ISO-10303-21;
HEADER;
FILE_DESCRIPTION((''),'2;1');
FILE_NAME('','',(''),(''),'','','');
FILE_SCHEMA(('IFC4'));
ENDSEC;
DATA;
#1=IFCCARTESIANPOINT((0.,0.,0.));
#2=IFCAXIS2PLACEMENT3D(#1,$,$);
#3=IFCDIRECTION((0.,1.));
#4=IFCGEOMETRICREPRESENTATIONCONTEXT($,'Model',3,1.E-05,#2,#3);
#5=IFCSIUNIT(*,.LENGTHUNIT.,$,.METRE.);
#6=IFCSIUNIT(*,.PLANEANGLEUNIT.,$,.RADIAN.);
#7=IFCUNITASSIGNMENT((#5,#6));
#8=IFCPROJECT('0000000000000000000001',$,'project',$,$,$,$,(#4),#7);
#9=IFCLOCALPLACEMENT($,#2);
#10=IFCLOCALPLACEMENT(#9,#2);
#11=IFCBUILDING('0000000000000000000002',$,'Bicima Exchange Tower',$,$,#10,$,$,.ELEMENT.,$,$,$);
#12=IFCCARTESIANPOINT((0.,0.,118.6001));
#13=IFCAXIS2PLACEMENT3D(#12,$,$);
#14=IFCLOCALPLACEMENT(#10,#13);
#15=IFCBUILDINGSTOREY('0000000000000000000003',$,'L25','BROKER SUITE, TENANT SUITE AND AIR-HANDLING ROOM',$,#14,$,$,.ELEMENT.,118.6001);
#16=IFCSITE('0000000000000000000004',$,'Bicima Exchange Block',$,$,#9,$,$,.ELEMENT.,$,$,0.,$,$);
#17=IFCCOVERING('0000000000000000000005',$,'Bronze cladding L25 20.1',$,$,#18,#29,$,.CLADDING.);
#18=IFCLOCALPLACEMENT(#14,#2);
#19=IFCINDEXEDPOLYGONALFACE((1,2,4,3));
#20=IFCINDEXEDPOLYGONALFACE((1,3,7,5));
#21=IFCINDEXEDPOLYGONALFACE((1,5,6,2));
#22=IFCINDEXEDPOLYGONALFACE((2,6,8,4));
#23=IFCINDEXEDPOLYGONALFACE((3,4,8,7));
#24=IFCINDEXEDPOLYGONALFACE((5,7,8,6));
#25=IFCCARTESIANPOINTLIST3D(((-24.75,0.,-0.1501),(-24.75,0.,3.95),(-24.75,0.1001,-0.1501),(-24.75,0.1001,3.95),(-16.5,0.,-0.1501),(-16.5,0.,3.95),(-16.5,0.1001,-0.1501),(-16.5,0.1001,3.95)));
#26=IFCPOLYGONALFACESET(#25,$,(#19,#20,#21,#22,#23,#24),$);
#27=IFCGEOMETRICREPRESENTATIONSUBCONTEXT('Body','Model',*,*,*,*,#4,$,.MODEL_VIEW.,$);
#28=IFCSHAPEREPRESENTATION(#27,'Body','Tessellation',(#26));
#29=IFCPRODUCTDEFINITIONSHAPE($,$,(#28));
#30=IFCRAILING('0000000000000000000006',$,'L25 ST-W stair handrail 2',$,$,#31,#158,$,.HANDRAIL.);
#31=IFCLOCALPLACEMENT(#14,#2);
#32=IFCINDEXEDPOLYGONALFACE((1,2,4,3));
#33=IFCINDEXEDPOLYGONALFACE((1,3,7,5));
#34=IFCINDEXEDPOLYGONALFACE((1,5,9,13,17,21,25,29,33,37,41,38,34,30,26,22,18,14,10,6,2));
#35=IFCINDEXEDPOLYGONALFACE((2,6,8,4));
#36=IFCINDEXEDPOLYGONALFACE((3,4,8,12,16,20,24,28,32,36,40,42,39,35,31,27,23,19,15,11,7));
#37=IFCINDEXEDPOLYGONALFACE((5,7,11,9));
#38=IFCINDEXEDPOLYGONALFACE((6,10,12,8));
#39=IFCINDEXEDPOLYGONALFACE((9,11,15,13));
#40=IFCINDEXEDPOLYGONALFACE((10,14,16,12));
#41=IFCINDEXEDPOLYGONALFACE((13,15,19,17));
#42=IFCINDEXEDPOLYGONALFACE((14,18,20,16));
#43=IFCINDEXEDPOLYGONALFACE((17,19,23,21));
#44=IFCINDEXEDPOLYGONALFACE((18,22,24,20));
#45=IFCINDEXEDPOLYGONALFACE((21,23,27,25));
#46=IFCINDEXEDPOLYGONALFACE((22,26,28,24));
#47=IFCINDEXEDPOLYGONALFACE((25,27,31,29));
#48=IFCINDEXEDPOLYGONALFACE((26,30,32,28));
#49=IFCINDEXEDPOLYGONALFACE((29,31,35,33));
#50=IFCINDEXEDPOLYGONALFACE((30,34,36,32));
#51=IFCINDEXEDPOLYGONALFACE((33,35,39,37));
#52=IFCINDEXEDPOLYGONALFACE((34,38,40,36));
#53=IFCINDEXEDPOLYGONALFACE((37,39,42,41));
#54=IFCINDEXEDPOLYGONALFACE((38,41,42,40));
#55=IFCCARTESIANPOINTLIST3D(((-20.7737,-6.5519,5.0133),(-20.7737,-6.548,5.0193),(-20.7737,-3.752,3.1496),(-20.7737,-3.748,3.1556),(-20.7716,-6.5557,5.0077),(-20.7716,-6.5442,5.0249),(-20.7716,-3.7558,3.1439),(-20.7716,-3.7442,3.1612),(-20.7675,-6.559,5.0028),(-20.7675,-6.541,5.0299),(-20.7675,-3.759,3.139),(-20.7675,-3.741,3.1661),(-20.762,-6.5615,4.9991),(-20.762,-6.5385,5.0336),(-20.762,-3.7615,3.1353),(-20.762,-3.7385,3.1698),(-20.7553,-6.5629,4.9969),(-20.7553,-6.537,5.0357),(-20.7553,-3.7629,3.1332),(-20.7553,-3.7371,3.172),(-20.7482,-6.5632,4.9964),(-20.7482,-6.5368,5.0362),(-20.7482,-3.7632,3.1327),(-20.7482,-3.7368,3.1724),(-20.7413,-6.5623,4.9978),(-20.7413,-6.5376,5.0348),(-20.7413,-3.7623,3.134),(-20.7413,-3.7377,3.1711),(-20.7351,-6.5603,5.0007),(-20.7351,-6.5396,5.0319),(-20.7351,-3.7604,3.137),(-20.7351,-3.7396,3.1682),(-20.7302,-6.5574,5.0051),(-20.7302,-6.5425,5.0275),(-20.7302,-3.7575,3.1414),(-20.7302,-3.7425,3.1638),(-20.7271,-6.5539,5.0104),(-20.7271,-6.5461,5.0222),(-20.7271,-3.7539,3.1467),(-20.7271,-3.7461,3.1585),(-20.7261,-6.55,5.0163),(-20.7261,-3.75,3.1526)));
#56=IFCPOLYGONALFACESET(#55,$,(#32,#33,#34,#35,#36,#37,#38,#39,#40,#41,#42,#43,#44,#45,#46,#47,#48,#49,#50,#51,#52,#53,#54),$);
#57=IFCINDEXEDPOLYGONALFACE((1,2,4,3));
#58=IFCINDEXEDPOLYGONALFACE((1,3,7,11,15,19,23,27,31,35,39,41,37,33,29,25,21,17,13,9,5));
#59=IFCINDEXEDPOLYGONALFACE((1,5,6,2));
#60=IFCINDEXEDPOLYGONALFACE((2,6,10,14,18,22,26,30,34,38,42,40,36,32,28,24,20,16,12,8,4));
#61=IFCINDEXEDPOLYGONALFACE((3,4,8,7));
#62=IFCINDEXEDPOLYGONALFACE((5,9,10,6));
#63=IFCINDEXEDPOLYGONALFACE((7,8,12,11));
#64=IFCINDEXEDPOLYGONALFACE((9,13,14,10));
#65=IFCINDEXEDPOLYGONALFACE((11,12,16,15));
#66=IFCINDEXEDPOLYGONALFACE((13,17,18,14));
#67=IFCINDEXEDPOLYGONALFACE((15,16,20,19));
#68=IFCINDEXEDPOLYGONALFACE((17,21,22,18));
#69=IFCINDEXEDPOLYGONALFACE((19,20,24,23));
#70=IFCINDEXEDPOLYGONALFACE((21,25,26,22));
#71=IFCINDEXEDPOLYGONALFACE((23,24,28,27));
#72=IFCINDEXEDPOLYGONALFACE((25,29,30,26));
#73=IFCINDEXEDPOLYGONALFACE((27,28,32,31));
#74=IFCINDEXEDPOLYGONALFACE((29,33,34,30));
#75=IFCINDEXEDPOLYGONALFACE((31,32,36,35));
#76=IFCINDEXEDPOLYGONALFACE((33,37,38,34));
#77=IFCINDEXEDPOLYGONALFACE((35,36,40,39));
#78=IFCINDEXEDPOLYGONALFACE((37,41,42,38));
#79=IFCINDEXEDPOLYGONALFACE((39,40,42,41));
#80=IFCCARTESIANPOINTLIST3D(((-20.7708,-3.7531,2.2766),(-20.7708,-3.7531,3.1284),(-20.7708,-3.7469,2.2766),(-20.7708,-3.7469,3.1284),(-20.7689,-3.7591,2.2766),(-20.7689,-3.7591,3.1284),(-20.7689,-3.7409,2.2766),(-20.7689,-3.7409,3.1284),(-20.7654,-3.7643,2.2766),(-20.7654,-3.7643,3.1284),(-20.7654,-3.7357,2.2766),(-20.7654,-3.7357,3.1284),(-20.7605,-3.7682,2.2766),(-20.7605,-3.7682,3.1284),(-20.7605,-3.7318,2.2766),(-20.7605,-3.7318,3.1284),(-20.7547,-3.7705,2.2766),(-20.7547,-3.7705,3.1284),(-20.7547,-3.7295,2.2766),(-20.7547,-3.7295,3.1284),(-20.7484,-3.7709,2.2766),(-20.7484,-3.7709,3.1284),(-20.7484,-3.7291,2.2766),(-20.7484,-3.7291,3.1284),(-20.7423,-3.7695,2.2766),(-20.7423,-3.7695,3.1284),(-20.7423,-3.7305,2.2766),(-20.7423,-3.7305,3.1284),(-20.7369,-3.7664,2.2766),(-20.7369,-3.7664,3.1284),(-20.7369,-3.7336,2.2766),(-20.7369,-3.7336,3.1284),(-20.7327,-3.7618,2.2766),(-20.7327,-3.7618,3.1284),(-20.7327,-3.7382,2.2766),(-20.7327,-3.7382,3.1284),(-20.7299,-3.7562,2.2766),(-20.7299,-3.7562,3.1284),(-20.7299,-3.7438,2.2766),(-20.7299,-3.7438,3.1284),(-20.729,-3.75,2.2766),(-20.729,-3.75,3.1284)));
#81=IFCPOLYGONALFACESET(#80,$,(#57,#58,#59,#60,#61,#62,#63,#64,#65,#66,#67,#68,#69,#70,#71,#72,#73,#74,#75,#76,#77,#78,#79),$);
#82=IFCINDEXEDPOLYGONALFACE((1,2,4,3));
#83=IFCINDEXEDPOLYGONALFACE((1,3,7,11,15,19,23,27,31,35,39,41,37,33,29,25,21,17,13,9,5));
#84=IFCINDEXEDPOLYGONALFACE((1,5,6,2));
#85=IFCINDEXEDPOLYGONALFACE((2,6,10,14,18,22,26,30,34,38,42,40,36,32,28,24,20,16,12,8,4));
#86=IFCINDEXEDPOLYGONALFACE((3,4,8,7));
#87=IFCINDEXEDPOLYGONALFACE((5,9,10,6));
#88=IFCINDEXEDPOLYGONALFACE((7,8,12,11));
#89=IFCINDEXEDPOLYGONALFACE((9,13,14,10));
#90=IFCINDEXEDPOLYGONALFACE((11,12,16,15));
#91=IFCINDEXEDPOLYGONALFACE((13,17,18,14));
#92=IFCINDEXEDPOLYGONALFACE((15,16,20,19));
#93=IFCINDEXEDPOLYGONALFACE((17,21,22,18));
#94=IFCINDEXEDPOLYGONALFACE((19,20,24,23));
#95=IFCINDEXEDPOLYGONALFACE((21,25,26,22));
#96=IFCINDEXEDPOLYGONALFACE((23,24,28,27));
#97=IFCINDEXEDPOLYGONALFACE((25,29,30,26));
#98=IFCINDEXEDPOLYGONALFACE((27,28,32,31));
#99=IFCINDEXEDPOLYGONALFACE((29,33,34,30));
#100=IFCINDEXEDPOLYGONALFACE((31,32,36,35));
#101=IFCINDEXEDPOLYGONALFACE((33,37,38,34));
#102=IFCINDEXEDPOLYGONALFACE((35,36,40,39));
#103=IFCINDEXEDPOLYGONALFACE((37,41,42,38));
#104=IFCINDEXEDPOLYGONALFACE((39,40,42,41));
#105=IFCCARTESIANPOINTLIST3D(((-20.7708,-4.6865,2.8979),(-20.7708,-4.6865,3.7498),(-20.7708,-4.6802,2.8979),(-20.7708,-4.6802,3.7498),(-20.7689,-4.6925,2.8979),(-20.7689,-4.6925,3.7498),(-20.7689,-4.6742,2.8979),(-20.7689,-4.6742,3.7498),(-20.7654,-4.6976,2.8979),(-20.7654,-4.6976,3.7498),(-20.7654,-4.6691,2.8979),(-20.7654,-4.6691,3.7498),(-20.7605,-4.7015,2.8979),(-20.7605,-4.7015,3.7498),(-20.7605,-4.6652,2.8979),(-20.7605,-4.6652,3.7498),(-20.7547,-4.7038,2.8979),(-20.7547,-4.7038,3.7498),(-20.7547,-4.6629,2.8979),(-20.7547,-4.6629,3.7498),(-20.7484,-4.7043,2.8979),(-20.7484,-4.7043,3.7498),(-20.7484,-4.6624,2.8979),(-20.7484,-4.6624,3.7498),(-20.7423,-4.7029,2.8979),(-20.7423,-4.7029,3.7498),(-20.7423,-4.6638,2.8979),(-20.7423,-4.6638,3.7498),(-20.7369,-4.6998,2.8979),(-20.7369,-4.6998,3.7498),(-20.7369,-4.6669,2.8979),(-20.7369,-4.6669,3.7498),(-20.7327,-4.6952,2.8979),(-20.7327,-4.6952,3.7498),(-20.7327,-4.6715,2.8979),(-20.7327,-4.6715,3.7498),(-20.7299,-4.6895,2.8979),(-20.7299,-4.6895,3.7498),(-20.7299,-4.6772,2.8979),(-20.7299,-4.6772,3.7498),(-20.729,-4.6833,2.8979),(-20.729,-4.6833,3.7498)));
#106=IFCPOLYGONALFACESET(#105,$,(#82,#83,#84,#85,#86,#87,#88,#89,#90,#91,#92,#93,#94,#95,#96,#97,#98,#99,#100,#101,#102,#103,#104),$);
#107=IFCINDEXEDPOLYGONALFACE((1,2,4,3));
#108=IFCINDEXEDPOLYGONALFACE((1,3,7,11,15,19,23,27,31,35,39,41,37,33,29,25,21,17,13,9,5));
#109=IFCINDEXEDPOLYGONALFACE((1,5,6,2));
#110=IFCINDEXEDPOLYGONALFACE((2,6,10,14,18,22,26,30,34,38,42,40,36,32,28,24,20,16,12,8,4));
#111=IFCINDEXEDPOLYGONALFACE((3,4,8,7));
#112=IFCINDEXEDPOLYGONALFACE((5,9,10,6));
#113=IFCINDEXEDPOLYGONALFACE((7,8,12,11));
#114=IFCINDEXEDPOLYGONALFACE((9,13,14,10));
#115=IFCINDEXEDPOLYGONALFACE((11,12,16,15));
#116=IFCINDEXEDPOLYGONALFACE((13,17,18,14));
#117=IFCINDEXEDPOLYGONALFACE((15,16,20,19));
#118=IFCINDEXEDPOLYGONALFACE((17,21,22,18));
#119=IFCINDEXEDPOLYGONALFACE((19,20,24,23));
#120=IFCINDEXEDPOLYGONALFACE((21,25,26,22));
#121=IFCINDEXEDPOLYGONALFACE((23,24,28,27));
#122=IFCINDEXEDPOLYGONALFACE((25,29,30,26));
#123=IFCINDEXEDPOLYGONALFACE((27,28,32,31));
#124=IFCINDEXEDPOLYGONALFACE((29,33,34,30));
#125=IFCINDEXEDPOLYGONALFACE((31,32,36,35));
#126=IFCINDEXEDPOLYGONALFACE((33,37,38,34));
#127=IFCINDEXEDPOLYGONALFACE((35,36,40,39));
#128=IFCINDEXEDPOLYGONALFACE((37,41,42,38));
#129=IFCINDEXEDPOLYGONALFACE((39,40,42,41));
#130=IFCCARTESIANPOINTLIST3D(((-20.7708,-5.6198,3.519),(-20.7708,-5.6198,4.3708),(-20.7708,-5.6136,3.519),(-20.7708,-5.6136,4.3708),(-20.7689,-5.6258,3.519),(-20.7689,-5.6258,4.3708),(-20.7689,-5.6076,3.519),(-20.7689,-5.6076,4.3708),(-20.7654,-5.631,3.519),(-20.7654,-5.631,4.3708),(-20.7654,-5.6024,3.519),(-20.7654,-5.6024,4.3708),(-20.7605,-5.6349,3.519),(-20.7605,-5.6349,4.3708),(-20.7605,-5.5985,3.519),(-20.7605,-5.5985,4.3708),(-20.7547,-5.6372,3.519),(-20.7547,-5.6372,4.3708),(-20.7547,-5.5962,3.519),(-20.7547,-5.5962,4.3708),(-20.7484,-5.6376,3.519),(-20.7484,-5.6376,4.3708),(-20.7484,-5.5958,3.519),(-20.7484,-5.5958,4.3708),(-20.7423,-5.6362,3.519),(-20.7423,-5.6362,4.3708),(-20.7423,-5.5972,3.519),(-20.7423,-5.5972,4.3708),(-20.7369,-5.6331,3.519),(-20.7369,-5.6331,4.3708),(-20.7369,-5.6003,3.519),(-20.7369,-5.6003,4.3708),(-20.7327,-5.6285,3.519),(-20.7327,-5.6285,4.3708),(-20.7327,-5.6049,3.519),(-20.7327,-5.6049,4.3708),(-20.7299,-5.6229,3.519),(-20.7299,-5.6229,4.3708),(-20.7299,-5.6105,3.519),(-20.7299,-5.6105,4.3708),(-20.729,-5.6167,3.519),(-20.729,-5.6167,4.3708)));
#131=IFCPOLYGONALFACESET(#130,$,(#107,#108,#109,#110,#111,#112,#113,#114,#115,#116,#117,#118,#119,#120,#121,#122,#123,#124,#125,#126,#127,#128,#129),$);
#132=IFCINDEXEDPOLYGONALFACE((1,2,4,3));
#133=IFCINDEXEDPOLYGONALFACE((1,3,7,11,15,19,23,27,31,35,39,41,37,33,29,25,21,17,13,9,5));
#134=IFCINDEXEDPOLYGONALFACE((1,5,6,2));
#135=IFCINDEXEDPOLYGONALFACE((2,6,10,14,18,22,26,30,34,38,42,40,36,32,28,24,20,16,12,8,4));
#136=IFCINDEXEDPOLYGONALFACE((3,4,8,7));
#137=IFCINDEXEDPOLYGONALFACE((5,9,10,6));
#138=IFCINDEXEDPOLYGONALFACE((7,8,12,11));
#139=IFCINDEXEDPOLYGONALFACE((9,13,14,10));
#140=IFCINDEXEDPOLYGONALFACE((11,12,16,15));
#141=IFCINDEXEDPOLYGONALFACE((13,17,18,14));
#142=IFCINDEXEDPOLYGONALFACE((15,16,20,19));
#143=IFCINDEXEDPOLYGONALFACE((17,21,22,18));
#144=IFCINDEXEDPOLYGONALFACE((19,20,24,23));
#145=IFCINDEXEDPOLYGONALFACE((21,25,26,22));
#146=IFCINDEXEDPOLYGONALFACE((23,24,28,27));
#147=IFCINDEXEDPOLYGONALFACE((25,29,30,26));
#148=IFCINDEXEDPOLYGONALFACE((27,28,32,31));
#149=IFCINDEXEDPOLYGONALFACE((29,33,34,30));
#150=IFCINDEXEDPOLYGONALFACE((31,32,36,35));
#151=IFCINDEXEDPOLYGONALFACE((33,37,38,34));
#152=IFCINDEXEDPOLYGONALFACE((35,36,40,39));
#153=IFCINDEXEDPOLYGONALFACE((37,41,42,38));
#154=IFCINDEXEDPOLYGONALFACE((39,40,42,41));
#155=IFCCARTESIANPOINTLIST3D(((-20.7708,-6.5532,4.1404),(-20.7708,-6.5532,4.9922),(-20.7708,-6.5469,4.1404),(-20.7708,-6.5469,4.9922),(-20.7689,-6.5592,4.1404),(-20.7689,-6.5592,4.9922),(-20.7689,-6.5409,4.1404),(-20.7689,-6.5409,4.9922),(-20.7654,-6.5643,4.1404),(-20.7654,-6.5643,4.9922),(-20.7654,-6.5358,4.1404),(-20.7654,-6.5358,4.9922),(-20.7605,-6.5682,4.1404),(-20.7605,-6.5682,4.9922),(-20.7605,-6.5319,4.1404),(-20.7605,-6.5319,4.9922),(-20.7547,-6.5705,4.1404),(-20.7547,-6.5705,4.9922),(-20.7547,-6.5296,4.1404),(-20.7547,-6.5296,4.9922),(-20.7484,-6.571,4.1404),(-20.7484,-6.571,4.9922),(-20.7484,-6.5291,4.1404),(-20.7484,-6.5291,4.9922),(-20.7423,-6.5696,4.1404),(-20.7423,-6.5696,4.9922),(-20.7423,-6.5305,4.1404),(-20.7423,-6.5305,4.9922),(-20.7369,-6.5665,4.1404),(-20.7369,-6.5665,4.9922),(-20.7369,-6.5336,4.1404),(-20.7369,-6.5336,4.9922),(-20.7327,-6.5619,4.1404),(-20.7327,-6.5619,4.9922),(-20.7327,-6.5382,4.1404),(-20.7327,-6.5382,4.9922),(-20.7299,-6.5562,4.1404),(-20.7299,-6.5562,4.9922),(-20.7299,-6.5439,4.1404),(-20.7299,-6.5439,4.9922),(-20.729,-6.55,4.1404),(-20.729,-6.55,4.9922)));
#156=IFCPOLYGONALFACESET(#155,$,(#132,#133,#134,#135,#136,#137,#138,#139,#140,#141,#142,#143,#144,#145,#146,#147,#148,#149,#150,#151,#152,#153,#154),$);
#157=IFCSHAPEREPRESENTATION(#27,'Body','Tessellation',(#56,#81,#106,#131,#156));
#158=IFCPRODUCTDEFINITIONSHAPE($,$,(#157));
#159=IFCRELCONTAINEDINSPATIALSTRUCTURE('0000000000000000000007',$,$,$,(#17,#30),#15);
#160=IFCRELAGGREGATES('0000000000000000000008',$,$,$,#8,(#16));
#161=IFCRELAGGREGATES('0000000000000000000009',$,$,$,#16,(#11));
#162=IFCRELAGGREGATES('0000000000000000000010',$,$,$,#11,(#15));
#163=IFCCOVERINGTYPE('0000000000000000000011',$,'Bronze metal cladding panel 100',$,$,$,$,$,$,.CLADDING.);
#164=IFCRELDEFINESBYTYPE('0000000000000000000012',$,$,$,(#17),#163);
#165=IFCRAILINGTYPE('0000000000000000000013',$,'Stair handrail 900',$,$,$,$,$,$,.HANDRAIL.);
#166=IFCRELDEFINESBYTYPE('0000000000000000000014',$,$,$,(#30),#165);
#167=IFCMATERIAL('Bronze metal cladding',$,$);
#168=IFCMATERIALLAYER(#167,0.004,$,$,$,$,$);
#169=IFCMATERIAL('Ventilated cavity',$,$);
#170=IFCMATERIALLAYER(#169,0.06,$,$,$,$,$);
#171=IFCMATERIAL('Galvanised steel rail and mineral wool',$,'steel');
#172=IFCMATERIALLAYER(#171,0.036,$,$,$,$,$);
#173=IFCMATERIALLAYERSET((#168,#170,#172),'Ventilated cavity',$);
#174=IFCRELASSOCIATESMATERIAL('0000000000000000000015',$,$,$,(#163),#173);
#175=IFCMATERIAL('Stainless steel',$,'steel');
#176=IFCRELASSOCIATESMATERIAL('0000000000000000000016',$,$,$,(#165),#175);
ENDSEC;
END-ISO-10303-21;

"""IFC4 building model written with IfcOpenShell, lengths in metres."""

from ifc_helpers import new_model, si_unit, direction, frame, origin, origin_2d, place, context, subcontext, project, spatial, rectangle, circle, extrude, material, layer, layer_set, type_object, element, save


model = new_model("IFC4")

# Units and contexts
model_context = context("Model", 3, precision=1e-05, world=origin(), true_north=direction((0.0, 1.0)))
body_context = subcontext(model_context, "Body", "Model", "MODEL_VIEW")
ifc_project = project(units=[si_unit("LENGTHUNIT", "METRE"), si_unit("PLANEANGLEUNIT", "RADIAN")], contexts=[model_context])

# Site, building, storey
site_placement = place(None, origin())
site = spatial("IfcSite", under=ifc_project, at=site_placement, Name="Bicima Exchange Block", CompositionType="ELEMENT", RefElevation=0.0)
building_placement = place(site_placement, origin())
building = spatial("IfcBuilding", under=site, at=building_placement, Name="Bicima Exchange Tower", CompositionType="ELEMENT")
storey_placement = place(building_placement, frame((0.0, 0.0, 118.6001)))
storey = spatial("IfcBuildingStorey", under=building, at=storey_placement, Name="L25", Description="BROKER SUITE, TENANT SUITE AND AIR-HANDLING ROOM", CompositionType="ELEMENT", Elevation=118.6001)

# Covering
ifc_material_1 = material(Name="Bronze metal cladding")
ifc_layer_1 = layer(ifc_material_1, 0.004)
ifc_material_2 = material(Name="Ventilated cavity")
ifc_layer_2 = layer(ifc_material_2, 0.06)
ifc_material_3 = material(Name="Galvanised steel rail and mineral wool", Category="steel")
ifc_layer_3 = layer(ifc_material_3, 0.036)
ifc_layer_set_1 = layer_set([ifc_layer_1, ifc_layer_2, ifc_layer_3], Name="Ventilated cavity")
covering_type = type_object("IfcCoveringType", Name="Bronze metal cladding panel 100", PredefinedType="CLADDING", material=ifc_layer_set_1)
covering_1_placement = place(storey_placement, frame((-20.625, 0.05, -0.1501), z_axis=(0.0, 0.0, 1.0), x_axis=(-1.0, 0.0, 0.0)))
element("IfcCovering", 1, at=covering_1_placement, inside=storey, type_object=covering_type, Name="Bronze cladding L25 20.1", PredefinedType="CLADDING", context=body_context, shape_type="SweptSolid", body=[
    extrude(rectangle(XDim=8.25, YDim=0.1001, at=origin_2d()), origin(), (0.0, 0.0, 1.0), 4.1001),
])

# Railing
ifc_material_4 = material(Name="Stainless steel", Category="steel")
railing_type = type_object("IfcRailingType", Name="Stair handrail 900", PredefinedType="HANDRAIL", material=ifc_material_4)
railing_placement = place(storey_placement, frame((-20.75, -3.75, 2.2766)))
element("IfcRailing", 2, at=railing_placement, inside=storey, type_object=railing_type, Name="L25 ST-W stair handrail 2", PredefinedType="HANDRAIL", context=body_context, shape_type="SweptSolid", body=[
    extrude(circle(Radius=0.0239, at=origin_2d()), frame((0.0, 0.0, 0.876), z_axis=(0.0, -0.832452, 0.554097), x_axis=(1.0, 0.0, 0.0)), (0.0, 0.0, 1.0), 3.3635),
    extrude(circle(Radius=0.021, at=origin_2d()), origin(), (0.0, 0.0, 1.0), 0.8518),
    extrude(circle(Radius=0.021, at=origin_2d()), frame((0.0, -0.9333, 0.6213)), (0.0, 0.0, 1.0), 0.8518),
    extrude(circle(Radius=0.021, at=origin_2d()), frame((0.0, -1.8667, 1.2424)), (0.0, 0.0, 1.0), 0.8518),
    extrude(circle(Radius=0.021, at=origin_2d()), frame((0.0, -2.8, 1.8638)), (0.0, 0.0, 1.0), 0.8518),
])

save(model, "model.ifc")
